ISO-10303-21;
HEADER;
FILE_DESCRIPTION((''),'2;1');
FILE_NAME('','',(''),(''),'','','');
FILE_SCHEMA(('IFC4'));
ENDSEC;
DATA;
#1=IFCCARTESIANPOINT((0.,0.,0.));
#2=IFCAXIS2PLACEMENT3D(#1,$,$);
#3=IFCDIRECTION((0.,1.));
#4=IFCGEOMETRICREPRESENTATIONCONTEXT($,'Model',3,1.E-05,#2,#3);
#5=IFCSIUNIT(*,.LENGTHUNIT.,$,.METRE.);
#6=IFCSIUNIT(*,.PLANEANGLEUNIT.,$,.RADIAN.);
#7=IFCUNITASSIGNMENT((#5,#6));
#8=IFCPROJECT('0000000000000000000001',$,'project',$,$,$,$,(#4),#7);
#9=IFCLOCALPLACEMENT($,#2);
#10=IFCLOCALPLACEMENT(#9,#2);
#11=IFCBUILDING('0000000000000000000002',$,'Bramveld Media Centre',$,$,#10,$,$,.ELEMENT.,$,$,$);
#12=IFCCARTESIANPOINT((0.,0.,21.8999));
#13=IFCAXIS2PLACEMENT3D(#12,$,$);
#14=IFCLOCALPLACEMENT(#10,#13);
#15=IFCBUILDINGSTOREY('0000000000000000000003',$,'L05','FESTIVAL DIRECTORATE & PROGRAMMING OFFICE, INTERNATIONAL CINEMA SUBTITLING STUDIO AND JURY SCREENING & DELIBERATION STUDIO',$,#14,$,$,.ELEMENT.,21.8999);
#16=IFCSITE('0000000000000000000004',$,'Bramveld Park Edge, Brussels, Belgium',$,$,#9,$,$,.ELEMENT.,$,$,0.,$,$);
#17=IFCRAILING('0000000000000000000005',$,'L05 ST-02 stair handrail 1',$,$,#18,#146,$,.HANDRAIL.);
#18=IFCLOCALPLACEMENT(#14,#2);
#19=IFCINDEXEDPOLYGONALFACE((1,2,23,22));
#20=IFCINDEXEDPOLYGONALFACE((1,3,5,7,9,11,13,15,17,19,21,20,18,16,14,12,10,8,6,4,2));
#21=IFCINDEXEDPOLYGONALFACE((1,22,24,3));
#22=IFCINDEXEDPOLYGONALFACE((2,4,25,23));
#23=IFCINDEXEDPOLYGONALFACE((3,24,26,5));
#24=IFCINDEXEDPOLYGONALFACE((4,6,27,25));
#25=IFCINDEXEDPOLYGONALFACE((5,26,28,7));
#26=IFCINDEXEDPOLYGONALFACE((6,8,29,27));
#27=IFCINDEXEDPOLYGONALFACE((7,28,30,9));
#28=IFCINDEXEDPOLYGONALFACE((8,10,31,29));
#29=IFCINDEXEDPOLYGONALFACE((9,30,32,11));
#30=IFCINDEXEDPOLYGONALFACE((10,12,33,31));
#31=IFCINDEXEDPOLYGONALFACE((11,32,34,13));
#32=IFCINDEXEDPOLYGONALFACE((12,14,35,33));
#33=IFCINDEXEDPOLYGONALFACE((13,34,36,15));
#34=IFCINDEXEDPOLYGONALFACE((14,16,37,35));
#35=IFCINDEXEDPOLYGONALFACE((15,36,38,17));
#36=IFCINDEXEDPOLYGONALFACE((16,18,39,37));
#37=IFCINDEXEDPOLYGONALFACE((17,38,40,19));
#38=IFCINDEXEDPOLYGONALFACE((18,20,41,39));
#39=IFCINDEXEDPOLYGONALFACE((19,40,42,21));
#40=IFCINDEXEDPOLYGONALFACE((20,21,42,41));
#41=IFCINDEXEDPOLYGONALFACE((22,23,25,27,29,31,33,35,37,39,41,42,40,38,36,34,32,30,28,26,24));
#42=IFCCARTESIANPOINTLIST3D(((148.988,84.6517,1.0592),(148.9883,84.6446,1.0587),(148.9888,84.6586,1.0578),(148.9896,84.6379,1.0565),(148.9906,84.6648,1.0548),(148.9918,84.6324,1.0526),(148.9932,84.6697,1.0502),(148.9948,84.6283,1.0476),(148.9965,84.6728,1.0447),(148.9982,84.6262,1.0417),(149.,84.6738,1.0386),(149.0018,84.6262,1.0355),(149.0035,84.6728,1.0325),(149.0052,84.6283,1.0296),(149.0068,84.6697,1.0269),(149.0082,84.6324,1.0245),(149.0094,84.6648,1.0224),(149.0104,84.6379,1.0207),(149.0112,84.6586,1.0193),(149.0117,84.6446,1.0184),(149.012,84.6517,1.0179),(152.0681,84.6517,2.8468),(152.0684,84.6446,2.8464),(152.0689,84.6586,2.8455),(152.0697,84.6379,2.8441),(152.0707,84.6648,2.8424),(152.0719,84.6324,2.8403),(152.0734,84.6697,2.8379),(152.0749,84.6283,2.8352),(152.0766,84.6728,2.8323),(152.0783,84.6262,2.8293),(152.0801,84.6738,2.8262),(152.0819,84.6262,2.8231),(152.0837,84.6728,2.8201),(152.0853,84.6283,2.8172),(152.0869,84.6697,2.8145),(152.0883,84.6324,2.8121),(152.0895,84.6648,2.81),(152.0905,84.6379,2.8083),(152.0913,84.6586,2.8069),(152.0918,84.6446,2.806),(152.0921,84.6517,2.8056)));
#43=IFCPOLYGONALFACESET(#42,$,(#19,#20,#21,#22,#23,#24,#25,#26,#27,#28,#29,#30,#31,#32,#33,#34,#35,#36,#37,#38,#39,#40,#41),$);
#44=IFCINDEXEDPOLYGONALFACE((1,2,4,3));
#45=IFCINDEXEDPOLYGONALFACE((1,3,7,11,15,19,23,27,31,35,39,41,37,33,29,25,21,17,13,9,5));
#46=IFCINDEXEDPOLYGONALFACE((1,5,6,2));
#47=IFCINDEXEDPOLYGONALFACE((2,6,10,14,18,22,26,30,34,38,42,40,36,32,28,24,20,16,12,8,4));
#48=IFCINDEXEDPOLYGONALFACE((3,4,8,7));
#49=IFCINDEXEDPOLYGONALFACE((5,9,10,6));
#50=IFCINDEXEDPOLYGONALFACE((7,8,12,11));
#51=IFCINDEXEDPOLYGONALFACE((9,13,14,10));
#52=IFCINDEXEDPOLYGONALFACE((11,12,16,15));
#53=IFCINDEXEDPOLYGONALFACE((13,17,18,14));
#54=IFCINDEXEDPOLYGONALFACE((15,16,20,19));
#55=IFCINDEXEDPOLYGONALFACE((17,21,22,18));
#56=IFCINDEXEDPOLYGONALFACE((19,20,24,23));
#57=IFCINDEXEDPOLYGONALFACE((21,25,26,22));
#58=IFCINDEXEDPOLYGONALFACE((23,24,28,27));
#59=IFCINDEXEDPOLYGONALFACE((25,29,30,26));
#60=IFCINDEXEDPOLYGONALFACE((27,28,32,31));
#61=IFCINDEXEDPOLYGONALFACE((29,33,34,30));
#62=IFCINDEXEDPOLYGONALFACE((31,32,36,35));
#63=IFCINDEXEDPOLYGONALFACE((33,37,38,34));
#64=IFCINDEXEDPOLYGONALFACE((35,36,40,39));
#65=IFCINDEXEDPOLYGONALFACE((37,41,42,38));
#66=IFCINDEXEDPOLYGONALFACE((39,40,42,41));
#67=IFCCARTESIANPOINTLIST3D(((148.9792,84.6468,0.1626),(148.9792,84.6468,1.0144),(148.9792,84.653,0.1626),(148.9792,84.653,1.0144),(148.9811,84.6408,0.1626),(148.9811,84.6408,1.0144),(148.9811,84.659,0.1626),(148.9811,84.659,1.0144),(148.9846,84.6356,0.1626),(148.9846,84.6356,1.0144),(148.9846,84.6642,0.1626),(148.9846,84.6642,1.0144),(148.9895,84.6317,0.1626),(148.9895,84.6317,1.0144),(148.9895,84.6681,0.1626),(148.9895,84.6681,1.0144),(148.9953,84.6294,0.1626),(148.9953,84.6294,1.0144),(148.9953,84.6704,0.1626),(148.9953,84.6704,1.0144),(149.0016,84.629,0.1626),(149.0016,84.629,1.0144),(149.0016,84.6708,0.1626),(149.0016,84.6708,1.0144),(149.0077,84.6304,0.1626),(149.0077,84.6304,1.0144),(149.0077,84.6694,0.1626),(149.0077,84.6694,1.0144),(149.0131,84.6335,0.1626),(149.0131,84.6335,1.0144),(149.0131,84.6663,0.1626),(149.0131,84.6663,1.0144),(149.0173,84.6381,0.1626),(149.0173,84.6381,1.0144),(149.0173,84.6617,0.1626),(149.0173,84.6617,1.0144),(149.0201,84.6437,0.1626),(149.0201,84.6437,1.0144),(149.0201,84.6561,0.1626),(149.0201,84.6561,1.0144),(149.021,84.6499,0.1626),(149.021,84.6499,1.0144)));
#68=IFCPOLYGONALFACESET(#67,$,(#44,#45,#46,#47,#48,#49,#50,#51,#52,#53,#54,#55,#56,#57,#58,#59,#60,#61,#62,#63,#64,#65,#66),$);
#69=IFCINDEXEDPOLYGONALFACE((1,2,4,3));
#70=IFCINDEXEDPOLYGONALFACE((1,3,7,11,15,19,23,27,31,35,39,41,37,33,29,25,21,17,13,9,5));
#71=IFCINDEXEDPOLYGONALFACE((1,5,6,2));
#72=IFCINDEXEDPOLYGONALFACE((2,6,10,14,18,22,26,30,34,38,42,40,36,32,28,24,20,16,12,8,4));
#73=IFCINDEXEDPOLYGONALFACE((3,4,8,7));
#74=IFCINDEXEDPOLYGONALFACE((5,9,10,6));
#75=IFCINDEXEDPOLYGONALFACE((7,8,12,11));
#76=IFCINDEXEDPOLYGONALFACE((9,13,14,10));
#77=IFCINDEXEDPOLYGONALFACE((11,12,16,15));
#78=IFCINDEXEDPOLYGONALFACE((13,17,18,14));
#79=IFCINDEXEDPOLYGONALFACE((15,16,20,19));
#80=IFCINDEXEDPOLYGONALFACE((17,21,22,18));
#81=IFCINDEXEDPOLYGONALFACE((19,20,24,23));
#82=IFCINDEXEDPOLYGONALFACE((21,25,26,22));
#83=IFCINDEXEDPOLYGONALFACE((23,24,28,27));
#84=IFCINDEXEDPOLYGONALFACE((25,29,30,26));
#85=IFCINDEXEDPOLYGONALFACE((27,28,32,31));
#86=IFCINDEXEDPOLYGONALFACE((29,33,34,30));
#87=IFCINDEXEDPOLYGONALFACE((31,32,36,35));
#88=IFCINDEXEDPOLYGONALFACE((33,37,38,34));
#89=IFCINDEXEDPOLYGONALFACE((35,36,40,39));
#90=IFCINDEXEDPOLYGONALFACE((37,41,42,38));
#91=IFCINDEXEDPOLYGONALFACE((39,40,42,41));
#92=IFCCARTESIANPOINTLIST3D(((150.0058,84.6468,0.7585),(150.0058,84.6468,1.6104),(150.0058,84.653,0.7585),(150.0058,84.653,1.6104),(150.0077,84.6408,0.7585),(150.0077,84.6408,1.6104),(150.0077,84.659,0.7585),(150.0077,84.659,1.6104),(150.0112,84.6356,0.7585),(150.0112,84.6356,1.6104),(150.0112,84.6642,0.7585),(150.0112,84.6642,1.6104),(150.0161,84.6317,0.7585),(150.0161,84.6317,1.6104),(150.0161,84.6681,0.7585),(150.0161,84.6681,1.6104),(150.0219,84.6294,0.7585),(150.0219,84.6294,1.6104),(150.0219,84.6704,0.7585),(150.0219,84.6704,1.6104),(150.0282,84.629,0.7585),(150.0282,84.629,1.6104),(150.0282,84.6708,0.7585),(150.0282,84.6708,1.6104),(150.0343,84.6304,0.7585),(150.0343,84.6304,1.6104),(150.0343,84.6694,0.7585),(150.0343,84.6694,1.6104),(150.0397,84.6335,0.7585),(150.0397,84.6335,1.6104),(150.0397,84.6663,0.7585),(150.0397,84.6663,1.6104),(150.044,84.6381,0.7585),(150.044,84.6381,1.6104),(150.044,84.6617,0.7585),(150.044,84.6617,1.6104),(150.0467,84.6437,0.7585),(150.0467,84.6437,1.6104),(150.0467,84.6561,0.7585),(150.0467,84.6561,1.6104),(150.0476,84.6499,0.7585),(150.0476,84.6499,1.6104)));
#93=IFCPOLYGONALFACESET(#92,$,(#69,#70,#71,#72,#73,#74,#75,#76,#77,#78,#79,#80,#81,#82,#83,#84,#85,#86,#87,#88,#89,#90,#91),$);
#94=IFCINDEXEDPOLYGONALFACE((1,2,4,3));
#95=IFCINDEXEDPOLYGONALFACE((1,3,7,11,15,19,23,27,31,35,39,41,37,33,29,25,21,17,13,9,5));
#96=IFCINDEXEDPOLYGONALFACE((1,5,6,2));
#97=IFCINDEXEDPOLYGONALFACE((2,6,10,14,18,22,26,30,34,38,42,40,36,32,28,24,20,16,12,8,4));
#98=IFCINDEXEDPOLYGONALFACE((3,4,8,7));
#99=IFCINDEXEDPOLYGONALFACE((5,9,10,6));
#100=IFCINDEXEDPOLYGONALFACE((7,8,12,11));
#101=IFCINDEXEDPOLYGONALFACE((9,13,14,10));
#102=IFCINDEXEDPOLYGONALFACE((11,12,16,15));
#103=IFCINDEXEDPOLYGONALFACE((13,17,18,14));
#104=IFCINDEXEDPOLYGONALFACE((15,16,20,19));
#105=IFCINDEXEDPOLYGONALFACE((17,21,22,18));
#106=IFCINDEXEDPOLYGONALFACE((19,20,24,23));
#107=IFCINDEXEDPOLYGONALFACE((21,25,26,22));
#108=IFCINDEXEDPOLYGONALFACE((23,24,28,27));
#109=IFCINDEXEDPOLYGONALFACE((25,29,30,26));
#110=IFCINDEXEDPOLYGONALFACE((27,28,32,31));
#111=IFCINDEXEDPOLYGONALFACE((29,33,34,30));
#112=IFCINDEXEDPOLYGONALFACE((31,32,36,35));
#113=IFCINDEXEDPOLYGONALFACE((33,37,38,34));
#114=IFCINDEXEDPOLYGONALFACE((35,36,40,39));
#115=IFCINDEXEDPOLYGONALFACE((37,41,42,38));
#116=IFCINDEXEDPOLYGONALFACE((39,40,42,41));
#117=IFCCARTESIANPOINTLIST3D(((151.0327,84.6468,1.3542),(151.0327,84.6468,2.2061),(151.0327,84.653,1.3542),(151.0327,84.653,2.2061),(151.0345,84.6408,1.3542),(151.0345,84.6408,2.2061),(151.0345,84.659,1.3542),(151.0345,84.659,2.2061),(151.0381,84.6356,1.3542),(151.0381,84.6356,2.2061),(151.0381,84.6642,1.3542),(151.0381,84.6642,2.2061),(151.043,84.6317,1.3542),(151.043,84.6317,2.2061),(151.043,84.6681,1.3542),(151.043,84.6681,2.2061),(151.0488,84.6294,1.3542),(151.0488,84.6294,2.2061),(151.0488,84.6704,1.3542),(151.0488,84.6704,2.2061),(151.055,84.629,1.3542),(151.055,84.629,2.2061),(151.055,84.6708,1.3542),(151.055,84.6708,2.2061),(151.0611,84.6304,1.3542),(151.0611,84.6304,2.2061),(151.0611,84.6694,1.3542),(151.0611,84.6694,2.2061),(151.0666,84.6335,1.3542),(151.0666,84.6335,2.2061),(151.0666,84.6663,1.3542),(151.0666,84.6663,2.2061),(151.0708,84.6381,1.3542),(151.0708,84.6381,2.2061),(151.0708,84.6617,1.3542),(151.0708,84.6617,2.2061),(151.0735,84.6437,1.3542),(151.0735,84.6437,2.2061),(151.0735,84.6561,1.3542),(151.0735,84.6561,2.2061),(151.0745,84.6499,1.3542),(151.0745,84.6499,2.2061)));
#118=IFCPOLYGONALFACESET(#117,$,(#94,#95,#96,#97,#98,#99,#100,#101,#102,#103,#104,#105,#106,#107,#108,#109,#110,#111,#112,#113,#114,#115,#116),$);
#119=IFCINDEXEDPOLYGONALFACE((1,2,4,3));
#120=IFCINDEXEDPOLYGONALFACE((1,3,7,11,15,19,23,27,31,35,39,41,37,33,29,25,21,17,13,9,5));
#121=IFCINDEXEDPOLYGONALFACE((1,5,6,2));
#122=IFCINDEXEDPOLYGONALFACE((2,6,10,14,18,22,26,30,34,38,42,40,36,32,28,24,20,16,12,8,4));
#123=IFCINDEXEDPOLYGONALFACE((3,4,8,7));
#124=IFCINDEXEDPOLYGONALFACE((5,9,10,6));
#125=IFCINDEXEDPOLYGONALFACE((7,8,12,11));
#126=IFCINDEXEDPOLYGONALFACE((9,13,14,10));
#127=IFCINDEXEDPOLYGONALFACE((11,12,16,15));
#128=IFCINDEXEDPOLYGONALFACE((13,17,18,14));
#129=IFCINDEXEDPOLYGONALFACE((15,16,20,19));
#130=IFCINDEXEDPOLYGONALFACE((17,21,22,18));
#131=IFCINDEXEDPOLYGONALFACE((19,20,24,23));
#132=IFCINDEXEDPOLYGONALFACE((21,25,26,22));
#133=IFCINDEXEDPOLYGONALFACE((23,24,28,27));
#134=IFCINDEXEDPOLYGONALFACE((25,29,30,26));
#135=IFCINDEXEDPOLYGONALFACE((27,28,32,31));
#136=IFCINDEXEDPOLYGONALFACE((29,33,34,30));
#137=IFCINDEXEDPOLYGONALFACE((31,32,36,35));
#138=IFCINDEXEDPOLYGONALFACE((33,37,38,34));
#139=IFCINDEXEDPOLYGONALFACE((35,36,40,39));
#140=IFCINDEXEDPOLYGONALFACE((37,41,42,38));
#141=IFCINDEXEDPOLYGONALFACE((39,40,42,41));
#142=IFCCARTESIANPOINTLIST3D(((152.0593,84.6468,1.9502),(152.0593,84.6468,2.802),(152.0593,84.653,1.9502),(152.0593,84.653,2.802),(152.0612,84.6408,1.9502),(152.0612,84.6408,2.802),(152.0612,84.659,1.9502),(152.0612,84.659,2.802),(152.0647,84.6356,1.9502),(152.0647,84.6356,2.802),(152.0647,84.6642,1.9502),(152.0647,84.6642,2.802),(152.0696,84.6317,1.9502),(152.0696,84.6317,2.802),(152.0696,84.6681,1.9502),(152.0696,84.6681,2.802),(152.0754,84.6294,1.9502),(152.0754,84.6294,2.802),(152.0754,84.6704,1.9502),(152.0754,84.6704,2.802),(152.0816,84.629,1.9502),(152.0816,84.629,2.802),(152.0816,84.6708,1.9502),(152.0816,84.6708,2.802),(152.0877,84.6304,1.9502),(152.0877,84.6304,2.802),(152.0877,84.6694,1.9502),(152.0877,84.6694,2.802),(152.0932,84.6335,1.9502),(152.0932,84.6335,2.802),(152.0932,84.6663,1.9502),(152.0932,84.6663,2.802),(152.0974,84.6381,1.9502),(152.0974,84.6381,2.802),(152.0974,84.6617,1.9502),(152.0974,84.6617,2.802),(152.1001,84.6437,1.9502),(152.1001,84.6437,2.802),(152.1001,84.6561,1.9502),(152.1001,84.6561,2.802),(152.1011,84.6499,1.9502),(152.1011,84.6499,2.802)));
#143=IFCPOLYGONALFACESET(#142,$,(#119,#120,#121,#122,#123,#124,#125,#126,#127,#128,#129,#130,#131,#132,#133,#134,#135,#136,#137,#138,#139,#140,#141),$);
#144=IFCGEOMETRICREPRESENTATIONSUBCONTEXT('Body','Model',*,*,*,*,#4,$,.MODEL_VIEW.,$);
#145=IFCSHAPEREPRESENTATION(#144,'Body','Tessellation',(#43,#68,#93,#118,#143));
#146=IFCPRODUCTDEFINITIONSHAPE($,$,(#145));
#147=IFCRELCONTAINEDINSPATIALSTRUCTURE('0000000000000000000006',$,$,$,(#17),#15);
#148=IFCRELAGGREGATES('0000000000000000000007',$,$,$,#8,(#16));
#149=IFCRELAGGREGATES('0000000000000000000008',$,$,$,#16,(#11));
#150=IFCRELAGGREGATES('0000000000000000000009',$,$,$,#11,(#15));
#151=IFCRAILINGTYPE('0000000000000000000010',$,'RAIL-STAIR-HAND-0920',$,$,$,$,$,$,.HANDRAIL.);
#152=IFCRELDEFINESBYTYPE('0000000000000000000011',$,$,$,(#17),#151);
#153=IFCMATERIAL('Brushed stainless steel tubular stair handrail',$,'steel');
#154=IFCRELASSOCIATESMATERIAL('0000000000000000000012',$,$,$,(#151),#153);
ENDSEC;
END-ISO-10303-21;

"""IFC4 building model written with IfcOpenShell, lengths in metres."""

from ifc_helpers import new_model, si_unit, direction, frame, origin, origin_2d, place, context, subcontext, project, spatial, circle, extrude, material, type_object, element, save


model = new_model("IFC4")

# Units and contexts
model_context = context("Model", 3, precision=1e-05, world=origin(), true_north=direction((0.0, 1.0)))
body_context = subcontext(model_context, "Body", "Model", "MODEL_VIEW")
ifc_project = project(units=[si_unit("LENGTHUNIT", "METRE"), si_unit("PLANEANGLEUNIT", "RADIAN")], contexts=[model_context])

# Site, building, storey
site_placement = place(None, origin())
site = spatial("IfcSite", under=ifc_project, at=site_placement, Name="Bramveld Park Edge, Brussels, Belgium", CompositionType="ELEMENT", RefElevation=0.0)
building_placement = place(site_placement, origin())
building = spatial("IfcBuilding", under=site, at=building_placement, Name="Bramveld Media Centre", CompositionType="ELEMENT")
storey_placement = place(building_placement, frame((0.0, 0.0, 21.8999)))
storey = spatial("IfcBuildingStorey", under=building, at=storey_placement, Name="L05", Description="FESTIVAL DIRECTORATE & PROGRAMMING OFFICE, INTERNATIONAL CINEMA SUBTITLING STUDIO AND JURY SCREENING & DELIBERATION STUDIO", CompositionType="ELEMENT", Elevation=21.8999)

# Railing
ifc_material_1 = material(Name="Brushed stainless steel tubular stair handrail", Category="steel")
railing_type_1 = type_object("IfcRailingType", Name="RAIL-STAIR-HAND-0920", PredefinedType="HANDRAIL", material=ifc_material_1)
railing_1_placement = place(storey_placement, frame((149.0, 84.6499, 0.1626)))
element("IfcRailing", 1, at=railing_1_placement, inside=storey, type_object=railing_type_1, Name="L05 ST-02 stair handrail 1", PredefinedType="HANDRAIL", context=body_context, shape_type="SweptSolid", body=[
    extrude(circle(Radius=0.0239, at=origin_2d()), frame((0.0, 0.0, 0.876), z_axis=(0.864891, 0.0, 0.50196), x_axis=(0.0, 1.0, 0.0)), (0.0, 0.0, 1.0), 3.5613),
    extrude(circle(Radius=0.021, at=origin_2d()), origin(), (0.0, 0.0, 1.0), 0.8518),
    extrude(circle(Radius=0.021, at=origin_2d()), frame((1.0266, 0.0, 0.5959)), (0.0, 0.0, 1.0), 0.8518),
    extrude(circle(Radius=0.021, at=origin_2d()), frame((2.0535, 0.0, 1.1917)), (0.0, 0.0, 1.0), 0.8518),
    extrude(circle(Radius=0.021, at=origin_2d()), frame((3.0801, 0.0, 1.7876)), (0.0, 0.0, 1.0), 0.8518),
])

save(model, "model.ifc")
